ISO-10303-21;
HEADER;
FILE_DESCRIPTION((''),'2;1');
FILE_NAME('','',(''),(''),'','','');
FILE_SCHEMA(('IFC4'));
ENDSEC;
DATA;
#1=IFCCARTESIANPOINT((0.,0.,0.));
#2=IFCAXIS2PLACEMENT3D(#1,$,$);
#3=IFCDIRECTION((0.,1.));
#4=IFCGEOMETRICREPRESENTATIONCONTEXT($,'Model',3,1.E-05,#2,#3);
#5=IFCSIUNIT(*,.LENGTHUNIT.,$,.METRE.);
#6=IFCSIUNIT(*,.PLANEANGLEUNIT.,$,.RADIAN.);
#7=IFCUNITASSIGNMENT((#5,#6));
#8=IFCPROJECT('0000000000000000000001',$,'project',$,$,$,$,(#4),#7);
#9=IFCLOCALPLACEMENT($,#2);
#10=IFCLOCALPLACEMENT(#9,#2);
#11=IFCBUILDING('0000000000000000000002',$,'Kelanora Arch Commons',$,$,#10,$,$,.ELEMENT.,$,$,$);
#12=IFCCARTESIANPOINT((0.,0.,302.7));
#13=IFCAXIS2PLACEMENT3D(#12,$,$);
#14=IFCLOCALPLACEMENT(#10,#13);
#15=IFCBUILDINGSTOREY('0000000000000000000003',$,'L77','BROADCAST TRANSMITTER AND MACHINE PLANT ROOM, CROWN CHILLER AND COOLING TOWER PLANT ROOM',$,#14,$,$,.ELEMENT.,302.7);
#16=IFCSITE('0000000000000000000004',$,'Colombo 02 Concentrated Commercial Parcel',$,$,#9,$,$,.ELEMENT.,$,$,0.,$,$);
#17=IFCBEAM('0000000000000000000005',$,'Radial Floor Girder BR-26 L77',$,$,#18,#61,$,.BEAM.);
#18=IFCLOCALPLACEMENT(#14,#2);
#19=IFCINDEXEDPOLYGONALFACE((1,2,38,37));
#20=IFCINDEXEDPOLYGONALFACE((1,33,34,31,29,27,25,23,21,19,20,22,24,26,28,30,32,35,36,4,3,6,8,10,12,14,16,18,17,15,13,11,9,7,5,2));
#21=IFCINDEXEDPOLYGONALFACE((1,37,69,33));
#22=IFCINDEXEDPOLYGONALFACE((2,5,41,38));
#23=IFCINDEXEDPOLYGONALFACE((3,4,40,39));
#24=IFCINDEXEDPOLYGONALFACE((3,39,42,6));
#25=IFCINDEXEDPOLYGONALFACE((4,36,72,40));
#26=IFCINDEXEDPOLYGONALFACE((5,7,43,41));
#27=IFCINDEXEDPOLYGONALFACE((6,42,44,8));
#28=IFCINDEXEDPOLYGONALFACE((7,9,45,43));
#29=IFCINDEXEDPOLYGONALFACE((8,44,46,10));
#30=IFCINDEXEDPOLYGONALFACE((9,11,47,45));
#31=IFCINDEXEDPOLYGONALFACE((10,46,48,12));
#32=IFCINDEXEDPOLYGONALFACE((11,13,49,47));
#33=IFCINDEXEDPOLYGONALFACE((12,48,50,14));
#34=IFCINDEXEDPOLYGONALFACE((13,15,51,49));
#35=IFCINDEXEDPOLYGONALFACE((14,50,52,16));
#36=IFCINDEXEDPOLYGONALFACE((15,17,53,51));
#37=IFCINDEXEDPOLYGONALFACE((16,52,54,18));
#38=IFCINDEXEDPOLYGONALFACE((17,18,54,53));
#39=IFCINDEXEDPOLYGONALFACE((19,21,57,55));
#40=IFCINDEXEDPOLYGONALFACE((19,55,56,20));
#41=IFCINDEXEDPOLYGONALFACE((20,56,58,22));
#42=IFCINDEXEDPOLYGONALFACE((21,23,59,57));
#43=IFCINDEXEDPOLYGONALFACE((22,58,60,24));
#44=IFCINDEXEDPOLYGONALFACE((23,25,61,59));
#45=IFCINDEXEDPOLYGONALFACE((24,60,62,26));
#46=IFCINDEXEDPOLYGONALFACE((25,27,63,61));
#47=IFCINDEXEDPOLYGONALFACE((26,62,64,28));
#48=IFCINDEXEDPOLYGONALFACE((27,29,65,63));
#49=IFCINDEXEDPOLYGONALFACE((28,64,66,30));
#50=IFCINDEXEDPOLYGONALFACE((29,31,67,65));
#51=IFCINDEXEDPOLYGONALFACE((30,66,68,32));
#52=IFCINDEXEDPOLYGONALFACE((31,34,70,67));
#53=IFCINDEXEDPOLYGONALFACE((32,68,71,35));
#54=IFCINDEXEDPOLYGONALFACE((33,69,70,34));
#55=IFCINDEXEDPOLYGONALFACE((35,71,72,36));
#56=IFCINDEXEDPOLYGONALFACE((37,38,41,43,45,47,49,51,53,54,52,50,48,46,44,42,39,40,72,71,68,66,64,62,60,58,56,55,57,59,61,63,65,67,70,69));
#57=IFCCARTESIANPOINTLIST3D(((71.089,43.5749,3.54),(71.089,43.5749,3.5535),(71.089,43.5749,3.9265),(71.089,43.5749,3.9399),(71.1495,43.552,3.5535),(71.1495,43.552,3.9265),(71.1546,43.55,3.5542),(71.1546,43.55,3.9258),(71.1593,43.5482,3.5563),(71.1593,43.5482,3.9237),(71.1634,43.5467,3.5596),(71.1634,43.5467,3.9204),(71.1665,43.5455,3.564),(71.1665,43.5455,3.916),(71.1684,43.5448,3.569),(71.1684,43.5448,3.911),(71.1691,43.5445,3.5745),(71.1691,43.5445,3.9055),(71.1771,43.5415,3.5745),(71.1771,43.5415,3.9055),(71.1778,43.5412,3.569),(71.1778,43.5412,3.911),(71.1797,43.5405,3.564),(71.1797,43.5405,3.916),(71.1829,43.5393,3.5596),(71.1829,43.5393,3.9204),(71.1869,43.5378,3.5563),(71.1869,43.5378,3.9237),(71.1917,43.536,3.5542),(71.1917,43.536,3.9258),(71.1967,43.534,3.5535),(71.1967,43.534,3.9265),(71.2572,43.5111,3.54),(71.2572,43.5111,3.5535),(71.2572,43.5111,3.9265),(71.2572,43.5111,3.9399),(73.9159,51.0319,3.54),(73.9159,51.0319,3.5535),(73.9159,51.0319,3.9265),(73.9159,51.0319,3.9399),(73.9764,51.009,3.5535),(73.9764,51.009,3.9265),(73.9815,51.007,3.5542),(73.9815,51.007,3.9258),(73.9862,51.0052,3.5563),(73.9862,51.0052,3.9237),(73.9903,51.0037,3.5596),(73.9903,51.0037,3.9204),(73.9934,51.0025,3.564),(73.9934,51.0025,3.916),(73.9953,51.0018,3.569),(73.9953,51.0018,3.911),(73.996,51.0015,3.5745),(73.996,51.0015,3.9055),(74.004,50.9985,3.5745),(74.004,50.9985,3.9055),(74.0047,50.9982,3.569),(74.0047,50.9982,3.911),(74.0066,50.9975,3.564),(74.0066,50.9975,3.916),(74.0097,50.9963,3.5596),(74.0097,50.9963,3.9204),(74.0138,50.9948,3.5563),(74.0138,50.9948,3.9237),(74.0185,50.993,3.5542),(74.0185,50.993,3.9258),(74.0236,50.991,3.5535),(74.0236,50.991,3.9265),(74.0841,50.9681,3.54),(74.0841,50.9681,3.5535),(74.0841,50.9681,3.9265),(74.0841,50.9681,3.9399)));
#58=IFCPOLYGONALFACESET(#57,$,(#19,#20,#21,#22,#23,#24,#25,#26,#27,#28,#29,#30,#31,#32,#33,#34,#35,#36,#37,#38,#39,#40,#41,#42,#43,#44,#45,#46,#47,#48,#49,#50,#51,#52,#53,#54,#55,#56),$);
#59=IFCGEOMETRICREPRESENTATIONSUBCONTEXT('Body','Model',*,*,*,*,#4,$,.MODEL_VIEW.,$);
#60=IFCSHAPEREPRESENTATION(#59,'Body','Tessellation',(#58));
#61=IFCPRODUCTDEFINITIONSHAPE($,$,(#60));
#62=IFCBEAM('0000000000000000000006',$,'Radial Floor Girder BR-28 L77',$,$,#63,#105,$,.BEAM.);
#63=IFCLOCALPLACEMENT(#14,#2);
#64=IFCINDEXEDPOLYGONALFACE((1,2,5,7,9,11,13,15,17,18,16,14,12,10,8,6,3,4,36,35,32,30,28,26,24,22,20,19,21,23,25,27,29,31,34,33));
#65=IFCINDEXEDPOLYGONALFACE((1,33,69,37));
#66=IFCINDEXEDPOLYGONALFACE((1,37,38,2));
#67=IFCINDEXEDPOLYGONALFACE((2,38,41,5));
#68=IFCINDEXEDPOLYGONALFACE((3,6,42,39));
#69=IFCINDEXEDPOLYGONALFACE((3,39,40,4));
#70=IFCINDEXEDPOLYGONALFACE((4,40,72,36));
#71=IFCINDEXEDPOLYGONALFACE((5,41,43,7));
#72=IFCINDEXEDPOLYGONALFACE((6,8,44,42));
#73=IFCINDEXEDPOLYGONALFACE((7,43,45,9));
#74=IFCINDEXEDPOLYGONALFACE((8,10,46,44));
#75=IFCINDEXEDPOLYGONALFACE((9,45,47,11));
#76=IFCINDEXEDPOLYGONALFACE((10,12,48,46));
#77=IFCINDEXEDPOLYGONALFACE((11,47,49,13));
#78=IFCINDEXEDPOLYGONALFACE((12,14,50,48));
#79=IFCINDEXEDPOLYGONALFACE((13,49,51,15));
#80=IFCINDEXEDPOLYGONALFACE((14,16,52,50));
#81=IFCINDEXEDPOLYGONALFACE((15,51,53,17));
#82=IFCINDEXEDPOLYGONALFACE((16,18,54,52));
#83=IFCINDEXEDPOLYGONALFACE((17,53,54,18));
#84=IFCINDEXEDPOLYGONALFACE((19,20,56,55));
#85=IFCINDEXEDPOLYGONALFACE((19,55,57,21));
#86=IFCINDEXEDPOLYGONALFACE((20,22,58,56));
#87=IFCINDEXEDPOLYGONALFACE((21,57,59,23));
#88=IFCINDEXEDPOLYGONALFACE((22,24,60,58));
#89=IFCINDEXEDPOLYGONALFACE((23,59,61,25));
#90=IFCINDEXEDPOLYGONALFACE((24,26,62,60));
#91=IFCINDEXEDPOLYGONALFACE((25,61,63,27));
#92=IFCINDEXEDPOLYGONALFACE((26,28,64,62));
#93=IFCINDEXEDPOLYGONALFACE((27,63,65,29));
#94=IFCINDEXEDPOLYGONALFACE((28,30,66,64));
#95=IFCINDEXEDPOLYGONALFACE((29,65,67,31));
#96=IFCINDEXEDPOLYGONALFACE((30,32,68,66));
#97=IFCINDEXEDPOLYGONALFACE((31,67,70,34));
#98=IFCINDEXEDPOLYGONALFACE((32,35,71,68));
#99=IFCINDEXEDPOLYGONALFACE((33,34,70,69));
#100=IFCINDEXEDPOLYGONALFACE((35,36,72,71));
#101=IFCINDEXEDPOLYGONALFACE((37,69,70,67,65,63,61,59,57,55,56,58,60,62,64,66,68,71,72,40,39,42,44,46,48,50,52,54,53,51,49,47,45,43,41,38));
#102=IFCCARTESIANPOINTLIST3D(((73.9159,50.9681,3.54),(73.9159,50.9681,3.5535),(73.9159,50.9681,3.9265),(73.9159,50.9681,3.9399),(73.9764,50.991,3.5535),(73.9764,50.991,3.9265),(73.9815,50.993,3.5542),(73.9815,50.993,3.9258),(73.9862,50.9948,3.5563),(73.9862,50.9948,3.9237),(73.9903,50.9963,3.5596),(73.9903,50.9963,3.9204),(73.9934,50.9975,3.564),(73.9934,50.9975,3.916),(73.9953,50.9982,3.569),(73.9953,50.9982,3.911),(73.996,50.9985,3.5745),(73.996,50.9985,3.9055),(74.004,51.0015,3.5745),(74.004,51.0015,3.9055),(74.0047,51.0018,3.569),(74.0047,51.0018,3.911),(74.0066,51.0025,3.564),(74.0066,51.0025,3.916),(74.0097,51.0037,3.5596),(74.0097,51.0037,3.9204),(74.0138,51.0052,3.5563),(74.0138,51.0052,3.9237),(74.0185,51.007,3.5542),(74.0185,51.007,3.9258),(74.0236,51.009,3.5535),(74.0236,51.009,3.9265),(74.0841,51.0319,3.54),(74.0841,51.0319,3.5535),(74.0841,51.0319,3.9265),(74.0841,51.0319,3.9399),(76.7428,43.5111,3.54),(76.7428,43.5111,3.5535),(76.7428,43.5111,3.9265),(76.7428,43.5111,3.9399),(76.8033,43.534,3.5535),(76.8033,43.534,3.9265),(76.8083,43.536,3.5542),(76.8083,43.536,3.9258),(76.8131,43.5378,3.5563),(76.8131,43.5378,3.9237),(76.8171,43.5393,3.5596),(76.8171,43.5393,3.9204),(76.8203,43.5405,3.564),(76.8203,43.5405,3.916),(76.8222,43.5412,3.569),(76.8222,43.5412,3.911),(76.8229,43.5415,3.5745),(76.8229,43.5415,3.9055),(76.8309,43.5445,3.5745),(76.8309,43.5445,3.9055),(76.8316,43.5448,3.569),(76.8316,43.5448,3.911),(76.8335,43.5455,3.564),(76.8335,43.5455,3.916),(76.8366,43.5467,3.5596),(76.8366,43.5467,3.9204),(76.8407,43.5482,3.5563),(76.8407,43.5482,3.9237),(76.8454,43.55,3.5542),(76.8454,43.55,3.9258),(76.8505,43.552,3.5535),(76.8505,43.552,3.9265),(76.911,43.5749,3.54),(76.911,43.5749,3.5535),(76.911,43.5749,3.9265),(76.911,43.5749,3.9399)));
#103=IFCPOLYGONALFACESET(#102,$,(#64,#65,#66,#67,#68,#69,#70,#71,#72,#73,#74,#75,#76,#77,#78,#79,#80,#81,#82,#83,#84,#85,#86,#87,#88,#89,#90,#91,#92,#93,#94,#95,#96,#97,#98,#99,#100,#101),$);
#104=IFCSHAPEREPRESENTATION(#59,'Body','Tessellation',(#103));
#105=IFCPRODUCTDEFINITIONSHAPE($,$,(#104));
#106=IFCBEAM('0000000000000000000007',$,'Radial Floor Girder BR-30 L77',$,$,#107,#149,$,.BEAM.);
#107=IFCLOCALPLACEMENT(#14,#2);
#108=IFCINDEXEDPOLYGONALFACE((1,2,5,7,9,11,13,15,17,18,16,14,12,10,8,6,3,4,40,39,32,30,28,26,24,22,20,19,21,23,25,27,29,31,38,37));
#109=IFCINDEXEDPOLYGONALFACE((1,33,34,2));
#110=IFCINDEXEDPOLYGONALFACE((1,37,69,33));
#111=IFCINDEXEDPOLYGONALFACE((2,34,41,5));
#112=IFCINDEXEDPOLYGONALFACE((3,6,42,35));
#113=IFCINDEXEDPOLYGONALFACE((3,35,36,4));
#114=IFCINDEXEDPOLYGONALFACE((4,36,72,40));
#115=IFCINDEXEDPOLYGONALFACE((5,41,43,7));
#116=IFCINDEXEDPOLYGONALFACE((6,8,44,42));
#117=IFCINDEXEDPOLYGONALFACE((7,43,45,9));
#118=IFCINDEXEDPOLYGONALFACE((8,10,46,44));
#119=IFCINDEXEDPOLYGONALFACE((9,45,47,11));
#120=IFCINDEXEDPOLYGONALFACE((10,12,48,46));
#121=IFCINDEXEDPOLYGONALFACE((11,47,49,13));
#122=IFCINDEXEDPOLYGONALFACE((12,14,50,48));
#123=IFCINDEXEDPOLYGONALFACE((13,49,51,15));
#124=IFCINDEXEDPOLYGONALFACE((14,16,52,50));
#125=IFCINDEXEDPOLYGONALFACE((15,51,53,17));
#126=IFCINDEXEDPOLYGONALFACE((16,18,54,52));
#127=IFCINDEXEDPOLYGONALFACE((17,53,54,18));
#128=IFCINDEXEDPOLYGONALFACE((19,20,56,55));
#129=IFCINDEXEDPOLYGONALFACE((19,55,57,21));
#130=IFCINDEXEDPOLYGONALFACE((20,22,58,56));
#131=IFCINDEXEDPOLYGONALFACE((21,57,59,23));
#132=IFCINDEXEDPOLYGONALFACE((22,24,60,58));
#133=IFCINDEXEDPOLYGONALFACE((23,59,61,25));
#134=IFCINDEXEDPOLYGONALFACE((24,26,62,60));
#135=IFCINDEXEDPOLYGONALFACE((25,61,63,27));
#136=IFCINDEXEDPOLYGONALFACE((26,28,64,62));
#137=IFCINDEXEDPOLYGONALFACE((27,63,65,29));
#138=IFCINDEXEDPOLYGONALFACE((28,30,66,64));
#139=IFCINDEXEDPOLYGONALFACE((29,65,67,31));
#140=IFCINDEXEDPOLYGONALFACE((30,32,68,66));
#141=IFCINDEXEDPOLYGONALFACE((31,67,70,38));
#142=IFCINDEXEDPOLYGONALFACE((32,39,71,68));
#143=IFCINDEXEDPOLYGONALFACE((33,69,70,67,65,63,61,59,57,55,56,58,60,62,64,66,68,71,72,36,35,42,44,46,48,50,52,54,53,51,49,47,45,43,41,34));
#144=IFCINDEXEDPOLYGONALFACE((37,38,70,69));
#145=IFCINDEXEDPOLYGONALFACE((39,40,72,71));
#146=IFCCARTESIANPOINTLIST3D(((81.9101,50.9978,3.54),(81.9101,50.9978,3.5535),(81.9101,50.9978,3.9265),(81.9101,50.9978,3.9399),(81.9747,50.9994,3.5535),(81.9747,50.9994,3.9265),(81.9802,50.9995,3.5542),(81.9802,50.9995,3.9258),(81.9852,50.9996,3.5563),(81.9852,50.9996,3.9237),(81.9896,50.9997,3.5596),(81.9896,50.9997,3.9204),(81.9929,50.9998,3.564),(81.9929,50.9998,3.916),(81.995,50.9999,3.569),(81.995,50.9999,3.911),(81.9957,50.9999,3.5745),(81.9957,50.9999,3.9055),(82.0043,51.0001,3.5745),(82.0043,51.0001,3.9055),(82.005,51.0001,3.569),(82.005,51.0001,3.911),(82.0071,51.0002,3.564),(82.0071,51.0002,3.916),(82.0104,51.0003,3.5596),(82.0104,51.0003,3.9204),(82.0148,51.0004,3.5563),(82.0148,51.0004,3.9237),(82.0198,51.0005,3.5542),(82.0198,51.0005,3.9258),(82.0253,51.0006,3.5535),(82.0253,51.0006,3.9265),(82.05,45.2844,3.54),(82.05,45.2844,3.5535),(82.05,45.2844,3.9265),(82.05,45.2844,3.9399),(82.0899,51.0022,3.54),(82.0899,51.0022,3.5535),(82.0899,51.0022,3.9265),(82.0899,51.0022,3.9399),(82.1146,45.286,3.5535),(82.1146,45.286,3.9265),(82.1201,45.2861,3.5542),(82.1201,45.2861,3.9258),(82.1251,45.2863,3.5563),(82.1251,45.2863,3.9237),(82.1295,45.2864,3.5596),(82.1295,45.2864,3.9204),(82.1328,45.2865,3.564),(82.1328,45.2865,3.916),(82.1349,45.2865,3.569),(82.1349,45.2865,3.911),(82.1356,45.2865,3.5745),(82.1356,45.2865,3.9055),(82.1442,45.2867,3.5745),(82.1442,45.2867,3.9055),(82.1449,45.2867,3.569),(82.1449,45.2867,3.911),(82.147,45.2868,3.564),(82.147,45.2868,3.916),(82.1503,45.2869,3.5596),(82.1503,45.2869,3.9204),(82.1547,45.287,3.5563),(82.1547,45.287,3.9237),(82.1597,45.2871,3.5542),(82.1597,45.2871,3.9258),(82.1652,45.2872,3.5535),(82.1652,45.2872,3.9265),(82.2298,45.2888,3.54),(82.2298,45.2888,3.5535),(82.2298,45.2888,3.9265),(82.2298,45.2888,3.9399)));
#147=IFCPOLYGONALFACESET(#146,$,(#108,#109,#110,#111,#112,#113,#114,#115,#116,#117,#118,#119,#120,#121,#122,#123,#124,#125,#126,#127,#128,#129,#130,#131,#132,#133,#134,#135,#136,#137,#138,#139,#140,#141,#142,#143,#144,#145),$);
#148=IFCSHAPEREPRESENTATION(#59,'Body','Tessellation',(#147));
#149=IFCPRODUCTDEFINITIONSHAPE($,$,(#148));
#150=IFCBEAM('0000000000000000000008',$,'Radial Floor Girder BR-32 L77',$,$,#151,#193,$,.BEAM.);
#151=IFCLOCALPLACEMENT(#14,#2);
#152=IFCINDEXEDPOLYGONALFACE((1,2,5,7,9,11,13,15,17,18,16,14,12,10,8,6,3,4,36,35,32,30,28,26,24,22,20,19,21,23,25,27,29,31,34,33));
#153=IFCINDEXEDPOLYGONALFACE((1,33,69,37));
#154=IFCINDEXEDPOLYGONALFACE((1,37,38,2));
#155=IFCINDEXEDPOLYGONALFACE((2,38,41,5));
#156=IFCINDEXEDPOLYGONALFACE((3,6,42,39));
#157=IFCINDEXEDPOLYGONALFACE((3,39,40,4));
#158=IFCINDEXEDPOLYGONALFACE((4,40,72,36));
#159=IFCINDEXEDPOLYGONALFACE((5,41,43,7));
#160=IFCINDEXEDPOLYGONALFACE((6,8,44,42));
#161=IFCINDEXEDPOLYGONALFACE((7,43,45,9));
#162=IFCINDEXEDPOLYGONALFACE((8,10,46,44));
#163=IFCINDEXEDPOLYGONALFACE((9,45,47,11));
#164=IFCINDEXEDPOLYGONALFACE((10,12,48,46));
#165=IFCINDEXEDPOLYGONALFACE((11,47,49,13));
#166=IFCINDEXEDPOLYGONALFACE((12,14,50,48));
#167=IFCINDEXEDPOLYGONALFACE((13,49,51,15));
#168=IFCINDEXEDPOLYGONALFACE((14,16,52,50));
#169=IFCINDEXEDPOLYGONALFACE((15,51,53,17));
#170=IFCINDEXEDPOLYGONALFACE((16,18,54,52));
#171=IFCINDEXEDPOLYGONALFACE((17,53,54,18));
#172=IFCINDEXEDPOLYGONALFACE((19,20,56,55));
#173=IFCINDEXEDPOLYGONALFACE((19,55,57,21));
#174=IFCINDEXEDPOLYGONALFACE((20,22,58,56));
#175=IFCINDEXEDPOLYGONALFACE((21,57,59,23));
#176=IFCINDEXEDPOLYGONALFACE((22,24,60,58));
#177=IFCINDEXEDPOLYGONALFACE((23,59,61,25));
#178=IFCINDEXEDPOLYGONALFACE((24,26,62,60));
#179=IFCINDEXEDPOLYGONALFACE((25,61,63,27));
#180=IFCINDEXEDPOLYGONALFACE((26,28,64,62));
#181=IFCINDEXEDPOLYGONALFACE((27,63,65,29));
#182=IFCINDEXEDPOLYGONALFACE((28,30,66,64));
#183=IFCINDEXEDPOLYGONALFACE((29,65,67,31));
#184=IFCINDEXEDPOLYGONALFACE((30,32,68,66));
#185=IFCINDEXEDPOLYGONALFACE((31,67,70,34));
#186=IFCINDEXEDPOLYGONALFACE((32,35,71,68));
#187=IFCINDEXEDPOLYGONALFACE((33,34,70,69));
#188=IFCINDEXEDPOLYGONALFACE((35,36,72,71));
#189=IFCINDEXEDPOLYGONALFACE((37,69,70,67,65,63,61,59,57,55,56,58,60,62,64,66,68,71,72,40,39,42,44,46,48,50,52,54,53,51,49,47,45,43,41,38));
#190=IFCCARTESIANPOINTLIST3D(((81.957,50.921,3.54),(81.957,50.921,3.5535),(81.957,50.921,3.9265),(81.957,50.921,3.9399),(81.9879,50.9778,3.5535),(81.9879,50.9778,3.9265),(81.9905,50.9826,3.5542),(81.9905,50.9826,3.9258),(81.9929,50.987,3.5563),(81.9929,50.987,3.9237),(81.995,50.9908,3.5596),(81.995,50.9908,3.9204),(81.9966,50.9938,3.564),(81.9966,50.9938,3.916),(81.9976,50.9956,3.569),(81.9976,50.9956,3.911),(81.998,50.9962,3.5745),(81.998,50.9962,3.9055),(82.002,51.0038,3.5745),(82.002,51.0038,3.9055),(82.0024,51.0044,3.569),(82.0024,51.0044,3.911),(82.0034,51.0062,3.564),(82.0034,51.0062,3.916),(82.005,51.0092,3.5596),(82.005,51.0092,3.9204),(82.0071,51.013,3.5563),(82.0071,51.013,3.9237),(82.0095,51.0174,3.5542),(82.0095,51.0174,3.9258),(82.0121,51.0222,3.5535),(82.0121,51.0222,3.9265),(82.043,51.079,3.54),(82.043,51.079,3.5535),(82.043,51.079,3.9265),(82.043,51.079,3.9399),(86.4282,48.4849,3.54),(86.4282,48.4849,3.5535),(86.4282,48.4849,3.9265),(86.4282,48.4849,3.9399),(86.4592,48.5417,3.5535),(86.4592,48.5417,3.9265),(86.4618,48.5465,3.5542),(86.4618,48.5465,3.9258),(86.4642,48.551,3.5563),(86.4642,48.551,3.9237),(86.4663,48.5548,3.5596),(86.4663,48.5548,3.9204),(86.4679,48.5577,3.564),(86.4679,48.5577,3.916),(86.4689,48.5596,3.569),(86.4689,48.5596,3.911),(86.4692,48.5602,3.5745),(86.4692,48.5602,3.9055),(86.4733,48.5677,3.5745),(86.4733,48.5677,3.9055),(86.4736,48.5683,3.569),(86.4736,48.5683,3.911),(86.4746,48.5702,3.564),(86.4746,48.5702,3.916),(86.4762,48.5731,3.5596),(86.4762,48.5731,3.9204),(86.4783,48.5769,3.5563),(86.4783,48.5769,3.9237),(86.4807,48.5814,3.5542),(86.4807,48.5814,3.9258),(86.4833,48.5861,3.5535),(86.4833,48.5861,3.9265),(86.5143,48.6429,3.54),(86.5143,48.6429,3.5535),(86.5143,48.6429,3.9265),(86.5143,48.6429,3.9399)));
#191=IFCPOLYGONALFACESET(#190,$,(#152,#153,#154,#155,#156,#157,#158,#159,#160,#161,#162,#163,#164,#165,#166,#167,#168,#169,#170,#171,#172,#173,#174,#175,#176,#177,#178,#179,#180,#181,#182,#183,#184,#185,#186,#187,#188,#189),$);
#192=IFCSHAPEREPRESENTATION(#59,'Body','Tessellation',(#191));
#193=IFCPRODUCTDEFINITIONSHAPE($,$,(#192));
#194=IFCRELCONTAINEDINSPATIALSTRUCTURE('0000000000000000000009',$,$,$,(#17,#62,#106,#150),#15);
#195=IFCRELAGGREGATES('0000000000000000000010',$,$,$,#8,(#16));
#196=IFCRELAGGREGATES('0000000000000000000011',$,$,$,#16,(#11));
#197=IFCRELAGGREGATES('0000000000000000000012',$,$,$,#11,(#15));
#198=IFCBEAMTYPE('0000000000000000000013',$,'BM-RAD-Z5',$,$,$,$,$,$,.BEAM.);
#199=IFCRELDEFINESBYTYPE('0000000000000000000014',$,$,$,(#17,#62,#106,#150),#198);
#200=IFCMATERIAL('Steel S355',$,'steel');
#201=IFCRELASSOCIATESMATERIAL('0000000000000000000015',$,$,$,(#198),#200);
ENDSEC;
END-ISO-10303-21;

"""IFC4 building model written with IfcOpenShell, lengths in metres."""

from ifc_helpers import new_model, si_unit, direction, frame, origin, origin_2d, place, context, subcontext, project, spatial, i_section, extrude, material, material_profile, profile_set, type_object, element, save


model = new_model("IFC4")

# Units and contexts
model_context = context("Model", 3, precision=1e-05, world=origin(), true_north=direction((0.0, 1.0)))
body_context = subcontext(model_context, "Body", "Model", "MODEL_VIEW")
ifc_project = project(units=[si_unit("LENGTHUNIT", "METRE"), si_unit("PLANEANGLEUNIT", "RADIAN")], contexts=[model_context])

# Site, building, storey
site_placement = place(None, origin())
site = spatial("IfcSite", under=ifc_project, at=site_placement, Name="Colombo 02 Concentrated Commercial Parcel", CompositionType="ELEMENT", RefElevation=0.0)
building_placement = place(site_placement, origin())
building = spatial("IfcBuilding", under=site, at=building_placement, Name="Kelanora Arch Commons", CompositionType="ELEMENT")
storey_placement = place(building_placement, frame((0.0, 0.0, 302.7)))
storey = spatial("IfcBuildingStorey", under=building, at=storey_placement, Name="L77", Description="BROADCAST TRANSMITTER AND MACHINE PLANT ROOM, CROWN CHILLER AND COOLING TOWER PLANT ROOM", CompositionType="ELEMENT", Elevation=302.7)

# Beams
ifc_material_1 = material(Name="Steel S355", Category="steel")
ifc_material_profile_1 = material_profile(ifc_material_1, i_section(OverallWidth=0.1799, OverallDepth=0.3999, WebThickness=0.0085, FlangeThickness=0.0134, FilletRadius=0.021, at=origin_2d()), Name="IPE400")
ifc_profile_set_1 = profile_set([ifc_material_profile_1], Name="Steel S355")
beam_type_1 = type_object("IfcBeamType", Name="BM-RAD-Z5", PredefinedType="BEAM", material=ifc_profile_set_1)
for number, where, z_axis, x_axis, name in (
    (1, (74.0, 51.0, 3.74), (-0.354476, -0.935065, 0.0), (0.935065, -0.354476, 0.0), "Radial Floor Girder BR-26 L77"),
    (2, (74.0, 51.0, 3.74), (0.354476, -0.935065, 0.0), (0.935065, 0.354476, 0.0), "Radial Floor Girder BR-28 L77"),
):
    element("IfcBeam", number, at=place(storey_placement, frame(where, z_axis=z_axis, x_axis=x_axis)), inside=storey, type_object=beam_type_1, Name=name, PredefinedType="BEAM", context=body_context, shape_type="SweptSolid", body=[
        extrude(i_section(OverallWidth=0.1799, OverallDepth=0.3999, WebThickness=0.0085, FlangeThickness=0.0134, FilletRadius=0.021, at=origin_2d()), origin(), (0.0, 0.0, 1.0), 7.9749),
    ])
beam_1_placement = place(storey_placement, frame((82.0, 51.0, 3.74), z_axis=(0.024478, -0.9997, 0.0), x_axis=(0.9997, 0.024478, 0.0)))
element("IfcBeam", 3, at=beam_1_placement, inside=storey, type_object=beam_type_1, Name="Radial Floor Girder BR-30 L77", PredefinedType="BEAM", context=body_context, shape_type="SweptSolid", body=[
    extrude(i_section(OverallWidth=0.1799, OverallDepth=0.3999, WebThickness=0.0085, FlangeThickness=0.0134, FilletRadius=0.021, at=origin_2d()), origin(), (0.0, 0.0, 1.0), 5.7151),
])
beam_2_placement = place(storey_placement, frame((82.0, 51.0, 3.74), z_axis=(0.878126, -0.478429, 0.0), x_axis=(0.478429, 0.878126, 0.0)))
element("IfcBeam", 4, at=beam_2_placement, inside=storey, type_object=beam_type_1, Name="Radial Floor Girder BR-32 L77", PredefinedType="BEAM", context=body_context, shape_type="SweptSolid", body=[
    extrude(i_section(OverallWidth=0.1799, OverallDepth=0.3999, WebThickness=0.0085, FlangeThickness=0.0134, FilletRadius=0.021, at=origin_2d()), origin(), (0.0, 0.0, 1.0), 5.0918),
])

save(model, "model.ifc")
